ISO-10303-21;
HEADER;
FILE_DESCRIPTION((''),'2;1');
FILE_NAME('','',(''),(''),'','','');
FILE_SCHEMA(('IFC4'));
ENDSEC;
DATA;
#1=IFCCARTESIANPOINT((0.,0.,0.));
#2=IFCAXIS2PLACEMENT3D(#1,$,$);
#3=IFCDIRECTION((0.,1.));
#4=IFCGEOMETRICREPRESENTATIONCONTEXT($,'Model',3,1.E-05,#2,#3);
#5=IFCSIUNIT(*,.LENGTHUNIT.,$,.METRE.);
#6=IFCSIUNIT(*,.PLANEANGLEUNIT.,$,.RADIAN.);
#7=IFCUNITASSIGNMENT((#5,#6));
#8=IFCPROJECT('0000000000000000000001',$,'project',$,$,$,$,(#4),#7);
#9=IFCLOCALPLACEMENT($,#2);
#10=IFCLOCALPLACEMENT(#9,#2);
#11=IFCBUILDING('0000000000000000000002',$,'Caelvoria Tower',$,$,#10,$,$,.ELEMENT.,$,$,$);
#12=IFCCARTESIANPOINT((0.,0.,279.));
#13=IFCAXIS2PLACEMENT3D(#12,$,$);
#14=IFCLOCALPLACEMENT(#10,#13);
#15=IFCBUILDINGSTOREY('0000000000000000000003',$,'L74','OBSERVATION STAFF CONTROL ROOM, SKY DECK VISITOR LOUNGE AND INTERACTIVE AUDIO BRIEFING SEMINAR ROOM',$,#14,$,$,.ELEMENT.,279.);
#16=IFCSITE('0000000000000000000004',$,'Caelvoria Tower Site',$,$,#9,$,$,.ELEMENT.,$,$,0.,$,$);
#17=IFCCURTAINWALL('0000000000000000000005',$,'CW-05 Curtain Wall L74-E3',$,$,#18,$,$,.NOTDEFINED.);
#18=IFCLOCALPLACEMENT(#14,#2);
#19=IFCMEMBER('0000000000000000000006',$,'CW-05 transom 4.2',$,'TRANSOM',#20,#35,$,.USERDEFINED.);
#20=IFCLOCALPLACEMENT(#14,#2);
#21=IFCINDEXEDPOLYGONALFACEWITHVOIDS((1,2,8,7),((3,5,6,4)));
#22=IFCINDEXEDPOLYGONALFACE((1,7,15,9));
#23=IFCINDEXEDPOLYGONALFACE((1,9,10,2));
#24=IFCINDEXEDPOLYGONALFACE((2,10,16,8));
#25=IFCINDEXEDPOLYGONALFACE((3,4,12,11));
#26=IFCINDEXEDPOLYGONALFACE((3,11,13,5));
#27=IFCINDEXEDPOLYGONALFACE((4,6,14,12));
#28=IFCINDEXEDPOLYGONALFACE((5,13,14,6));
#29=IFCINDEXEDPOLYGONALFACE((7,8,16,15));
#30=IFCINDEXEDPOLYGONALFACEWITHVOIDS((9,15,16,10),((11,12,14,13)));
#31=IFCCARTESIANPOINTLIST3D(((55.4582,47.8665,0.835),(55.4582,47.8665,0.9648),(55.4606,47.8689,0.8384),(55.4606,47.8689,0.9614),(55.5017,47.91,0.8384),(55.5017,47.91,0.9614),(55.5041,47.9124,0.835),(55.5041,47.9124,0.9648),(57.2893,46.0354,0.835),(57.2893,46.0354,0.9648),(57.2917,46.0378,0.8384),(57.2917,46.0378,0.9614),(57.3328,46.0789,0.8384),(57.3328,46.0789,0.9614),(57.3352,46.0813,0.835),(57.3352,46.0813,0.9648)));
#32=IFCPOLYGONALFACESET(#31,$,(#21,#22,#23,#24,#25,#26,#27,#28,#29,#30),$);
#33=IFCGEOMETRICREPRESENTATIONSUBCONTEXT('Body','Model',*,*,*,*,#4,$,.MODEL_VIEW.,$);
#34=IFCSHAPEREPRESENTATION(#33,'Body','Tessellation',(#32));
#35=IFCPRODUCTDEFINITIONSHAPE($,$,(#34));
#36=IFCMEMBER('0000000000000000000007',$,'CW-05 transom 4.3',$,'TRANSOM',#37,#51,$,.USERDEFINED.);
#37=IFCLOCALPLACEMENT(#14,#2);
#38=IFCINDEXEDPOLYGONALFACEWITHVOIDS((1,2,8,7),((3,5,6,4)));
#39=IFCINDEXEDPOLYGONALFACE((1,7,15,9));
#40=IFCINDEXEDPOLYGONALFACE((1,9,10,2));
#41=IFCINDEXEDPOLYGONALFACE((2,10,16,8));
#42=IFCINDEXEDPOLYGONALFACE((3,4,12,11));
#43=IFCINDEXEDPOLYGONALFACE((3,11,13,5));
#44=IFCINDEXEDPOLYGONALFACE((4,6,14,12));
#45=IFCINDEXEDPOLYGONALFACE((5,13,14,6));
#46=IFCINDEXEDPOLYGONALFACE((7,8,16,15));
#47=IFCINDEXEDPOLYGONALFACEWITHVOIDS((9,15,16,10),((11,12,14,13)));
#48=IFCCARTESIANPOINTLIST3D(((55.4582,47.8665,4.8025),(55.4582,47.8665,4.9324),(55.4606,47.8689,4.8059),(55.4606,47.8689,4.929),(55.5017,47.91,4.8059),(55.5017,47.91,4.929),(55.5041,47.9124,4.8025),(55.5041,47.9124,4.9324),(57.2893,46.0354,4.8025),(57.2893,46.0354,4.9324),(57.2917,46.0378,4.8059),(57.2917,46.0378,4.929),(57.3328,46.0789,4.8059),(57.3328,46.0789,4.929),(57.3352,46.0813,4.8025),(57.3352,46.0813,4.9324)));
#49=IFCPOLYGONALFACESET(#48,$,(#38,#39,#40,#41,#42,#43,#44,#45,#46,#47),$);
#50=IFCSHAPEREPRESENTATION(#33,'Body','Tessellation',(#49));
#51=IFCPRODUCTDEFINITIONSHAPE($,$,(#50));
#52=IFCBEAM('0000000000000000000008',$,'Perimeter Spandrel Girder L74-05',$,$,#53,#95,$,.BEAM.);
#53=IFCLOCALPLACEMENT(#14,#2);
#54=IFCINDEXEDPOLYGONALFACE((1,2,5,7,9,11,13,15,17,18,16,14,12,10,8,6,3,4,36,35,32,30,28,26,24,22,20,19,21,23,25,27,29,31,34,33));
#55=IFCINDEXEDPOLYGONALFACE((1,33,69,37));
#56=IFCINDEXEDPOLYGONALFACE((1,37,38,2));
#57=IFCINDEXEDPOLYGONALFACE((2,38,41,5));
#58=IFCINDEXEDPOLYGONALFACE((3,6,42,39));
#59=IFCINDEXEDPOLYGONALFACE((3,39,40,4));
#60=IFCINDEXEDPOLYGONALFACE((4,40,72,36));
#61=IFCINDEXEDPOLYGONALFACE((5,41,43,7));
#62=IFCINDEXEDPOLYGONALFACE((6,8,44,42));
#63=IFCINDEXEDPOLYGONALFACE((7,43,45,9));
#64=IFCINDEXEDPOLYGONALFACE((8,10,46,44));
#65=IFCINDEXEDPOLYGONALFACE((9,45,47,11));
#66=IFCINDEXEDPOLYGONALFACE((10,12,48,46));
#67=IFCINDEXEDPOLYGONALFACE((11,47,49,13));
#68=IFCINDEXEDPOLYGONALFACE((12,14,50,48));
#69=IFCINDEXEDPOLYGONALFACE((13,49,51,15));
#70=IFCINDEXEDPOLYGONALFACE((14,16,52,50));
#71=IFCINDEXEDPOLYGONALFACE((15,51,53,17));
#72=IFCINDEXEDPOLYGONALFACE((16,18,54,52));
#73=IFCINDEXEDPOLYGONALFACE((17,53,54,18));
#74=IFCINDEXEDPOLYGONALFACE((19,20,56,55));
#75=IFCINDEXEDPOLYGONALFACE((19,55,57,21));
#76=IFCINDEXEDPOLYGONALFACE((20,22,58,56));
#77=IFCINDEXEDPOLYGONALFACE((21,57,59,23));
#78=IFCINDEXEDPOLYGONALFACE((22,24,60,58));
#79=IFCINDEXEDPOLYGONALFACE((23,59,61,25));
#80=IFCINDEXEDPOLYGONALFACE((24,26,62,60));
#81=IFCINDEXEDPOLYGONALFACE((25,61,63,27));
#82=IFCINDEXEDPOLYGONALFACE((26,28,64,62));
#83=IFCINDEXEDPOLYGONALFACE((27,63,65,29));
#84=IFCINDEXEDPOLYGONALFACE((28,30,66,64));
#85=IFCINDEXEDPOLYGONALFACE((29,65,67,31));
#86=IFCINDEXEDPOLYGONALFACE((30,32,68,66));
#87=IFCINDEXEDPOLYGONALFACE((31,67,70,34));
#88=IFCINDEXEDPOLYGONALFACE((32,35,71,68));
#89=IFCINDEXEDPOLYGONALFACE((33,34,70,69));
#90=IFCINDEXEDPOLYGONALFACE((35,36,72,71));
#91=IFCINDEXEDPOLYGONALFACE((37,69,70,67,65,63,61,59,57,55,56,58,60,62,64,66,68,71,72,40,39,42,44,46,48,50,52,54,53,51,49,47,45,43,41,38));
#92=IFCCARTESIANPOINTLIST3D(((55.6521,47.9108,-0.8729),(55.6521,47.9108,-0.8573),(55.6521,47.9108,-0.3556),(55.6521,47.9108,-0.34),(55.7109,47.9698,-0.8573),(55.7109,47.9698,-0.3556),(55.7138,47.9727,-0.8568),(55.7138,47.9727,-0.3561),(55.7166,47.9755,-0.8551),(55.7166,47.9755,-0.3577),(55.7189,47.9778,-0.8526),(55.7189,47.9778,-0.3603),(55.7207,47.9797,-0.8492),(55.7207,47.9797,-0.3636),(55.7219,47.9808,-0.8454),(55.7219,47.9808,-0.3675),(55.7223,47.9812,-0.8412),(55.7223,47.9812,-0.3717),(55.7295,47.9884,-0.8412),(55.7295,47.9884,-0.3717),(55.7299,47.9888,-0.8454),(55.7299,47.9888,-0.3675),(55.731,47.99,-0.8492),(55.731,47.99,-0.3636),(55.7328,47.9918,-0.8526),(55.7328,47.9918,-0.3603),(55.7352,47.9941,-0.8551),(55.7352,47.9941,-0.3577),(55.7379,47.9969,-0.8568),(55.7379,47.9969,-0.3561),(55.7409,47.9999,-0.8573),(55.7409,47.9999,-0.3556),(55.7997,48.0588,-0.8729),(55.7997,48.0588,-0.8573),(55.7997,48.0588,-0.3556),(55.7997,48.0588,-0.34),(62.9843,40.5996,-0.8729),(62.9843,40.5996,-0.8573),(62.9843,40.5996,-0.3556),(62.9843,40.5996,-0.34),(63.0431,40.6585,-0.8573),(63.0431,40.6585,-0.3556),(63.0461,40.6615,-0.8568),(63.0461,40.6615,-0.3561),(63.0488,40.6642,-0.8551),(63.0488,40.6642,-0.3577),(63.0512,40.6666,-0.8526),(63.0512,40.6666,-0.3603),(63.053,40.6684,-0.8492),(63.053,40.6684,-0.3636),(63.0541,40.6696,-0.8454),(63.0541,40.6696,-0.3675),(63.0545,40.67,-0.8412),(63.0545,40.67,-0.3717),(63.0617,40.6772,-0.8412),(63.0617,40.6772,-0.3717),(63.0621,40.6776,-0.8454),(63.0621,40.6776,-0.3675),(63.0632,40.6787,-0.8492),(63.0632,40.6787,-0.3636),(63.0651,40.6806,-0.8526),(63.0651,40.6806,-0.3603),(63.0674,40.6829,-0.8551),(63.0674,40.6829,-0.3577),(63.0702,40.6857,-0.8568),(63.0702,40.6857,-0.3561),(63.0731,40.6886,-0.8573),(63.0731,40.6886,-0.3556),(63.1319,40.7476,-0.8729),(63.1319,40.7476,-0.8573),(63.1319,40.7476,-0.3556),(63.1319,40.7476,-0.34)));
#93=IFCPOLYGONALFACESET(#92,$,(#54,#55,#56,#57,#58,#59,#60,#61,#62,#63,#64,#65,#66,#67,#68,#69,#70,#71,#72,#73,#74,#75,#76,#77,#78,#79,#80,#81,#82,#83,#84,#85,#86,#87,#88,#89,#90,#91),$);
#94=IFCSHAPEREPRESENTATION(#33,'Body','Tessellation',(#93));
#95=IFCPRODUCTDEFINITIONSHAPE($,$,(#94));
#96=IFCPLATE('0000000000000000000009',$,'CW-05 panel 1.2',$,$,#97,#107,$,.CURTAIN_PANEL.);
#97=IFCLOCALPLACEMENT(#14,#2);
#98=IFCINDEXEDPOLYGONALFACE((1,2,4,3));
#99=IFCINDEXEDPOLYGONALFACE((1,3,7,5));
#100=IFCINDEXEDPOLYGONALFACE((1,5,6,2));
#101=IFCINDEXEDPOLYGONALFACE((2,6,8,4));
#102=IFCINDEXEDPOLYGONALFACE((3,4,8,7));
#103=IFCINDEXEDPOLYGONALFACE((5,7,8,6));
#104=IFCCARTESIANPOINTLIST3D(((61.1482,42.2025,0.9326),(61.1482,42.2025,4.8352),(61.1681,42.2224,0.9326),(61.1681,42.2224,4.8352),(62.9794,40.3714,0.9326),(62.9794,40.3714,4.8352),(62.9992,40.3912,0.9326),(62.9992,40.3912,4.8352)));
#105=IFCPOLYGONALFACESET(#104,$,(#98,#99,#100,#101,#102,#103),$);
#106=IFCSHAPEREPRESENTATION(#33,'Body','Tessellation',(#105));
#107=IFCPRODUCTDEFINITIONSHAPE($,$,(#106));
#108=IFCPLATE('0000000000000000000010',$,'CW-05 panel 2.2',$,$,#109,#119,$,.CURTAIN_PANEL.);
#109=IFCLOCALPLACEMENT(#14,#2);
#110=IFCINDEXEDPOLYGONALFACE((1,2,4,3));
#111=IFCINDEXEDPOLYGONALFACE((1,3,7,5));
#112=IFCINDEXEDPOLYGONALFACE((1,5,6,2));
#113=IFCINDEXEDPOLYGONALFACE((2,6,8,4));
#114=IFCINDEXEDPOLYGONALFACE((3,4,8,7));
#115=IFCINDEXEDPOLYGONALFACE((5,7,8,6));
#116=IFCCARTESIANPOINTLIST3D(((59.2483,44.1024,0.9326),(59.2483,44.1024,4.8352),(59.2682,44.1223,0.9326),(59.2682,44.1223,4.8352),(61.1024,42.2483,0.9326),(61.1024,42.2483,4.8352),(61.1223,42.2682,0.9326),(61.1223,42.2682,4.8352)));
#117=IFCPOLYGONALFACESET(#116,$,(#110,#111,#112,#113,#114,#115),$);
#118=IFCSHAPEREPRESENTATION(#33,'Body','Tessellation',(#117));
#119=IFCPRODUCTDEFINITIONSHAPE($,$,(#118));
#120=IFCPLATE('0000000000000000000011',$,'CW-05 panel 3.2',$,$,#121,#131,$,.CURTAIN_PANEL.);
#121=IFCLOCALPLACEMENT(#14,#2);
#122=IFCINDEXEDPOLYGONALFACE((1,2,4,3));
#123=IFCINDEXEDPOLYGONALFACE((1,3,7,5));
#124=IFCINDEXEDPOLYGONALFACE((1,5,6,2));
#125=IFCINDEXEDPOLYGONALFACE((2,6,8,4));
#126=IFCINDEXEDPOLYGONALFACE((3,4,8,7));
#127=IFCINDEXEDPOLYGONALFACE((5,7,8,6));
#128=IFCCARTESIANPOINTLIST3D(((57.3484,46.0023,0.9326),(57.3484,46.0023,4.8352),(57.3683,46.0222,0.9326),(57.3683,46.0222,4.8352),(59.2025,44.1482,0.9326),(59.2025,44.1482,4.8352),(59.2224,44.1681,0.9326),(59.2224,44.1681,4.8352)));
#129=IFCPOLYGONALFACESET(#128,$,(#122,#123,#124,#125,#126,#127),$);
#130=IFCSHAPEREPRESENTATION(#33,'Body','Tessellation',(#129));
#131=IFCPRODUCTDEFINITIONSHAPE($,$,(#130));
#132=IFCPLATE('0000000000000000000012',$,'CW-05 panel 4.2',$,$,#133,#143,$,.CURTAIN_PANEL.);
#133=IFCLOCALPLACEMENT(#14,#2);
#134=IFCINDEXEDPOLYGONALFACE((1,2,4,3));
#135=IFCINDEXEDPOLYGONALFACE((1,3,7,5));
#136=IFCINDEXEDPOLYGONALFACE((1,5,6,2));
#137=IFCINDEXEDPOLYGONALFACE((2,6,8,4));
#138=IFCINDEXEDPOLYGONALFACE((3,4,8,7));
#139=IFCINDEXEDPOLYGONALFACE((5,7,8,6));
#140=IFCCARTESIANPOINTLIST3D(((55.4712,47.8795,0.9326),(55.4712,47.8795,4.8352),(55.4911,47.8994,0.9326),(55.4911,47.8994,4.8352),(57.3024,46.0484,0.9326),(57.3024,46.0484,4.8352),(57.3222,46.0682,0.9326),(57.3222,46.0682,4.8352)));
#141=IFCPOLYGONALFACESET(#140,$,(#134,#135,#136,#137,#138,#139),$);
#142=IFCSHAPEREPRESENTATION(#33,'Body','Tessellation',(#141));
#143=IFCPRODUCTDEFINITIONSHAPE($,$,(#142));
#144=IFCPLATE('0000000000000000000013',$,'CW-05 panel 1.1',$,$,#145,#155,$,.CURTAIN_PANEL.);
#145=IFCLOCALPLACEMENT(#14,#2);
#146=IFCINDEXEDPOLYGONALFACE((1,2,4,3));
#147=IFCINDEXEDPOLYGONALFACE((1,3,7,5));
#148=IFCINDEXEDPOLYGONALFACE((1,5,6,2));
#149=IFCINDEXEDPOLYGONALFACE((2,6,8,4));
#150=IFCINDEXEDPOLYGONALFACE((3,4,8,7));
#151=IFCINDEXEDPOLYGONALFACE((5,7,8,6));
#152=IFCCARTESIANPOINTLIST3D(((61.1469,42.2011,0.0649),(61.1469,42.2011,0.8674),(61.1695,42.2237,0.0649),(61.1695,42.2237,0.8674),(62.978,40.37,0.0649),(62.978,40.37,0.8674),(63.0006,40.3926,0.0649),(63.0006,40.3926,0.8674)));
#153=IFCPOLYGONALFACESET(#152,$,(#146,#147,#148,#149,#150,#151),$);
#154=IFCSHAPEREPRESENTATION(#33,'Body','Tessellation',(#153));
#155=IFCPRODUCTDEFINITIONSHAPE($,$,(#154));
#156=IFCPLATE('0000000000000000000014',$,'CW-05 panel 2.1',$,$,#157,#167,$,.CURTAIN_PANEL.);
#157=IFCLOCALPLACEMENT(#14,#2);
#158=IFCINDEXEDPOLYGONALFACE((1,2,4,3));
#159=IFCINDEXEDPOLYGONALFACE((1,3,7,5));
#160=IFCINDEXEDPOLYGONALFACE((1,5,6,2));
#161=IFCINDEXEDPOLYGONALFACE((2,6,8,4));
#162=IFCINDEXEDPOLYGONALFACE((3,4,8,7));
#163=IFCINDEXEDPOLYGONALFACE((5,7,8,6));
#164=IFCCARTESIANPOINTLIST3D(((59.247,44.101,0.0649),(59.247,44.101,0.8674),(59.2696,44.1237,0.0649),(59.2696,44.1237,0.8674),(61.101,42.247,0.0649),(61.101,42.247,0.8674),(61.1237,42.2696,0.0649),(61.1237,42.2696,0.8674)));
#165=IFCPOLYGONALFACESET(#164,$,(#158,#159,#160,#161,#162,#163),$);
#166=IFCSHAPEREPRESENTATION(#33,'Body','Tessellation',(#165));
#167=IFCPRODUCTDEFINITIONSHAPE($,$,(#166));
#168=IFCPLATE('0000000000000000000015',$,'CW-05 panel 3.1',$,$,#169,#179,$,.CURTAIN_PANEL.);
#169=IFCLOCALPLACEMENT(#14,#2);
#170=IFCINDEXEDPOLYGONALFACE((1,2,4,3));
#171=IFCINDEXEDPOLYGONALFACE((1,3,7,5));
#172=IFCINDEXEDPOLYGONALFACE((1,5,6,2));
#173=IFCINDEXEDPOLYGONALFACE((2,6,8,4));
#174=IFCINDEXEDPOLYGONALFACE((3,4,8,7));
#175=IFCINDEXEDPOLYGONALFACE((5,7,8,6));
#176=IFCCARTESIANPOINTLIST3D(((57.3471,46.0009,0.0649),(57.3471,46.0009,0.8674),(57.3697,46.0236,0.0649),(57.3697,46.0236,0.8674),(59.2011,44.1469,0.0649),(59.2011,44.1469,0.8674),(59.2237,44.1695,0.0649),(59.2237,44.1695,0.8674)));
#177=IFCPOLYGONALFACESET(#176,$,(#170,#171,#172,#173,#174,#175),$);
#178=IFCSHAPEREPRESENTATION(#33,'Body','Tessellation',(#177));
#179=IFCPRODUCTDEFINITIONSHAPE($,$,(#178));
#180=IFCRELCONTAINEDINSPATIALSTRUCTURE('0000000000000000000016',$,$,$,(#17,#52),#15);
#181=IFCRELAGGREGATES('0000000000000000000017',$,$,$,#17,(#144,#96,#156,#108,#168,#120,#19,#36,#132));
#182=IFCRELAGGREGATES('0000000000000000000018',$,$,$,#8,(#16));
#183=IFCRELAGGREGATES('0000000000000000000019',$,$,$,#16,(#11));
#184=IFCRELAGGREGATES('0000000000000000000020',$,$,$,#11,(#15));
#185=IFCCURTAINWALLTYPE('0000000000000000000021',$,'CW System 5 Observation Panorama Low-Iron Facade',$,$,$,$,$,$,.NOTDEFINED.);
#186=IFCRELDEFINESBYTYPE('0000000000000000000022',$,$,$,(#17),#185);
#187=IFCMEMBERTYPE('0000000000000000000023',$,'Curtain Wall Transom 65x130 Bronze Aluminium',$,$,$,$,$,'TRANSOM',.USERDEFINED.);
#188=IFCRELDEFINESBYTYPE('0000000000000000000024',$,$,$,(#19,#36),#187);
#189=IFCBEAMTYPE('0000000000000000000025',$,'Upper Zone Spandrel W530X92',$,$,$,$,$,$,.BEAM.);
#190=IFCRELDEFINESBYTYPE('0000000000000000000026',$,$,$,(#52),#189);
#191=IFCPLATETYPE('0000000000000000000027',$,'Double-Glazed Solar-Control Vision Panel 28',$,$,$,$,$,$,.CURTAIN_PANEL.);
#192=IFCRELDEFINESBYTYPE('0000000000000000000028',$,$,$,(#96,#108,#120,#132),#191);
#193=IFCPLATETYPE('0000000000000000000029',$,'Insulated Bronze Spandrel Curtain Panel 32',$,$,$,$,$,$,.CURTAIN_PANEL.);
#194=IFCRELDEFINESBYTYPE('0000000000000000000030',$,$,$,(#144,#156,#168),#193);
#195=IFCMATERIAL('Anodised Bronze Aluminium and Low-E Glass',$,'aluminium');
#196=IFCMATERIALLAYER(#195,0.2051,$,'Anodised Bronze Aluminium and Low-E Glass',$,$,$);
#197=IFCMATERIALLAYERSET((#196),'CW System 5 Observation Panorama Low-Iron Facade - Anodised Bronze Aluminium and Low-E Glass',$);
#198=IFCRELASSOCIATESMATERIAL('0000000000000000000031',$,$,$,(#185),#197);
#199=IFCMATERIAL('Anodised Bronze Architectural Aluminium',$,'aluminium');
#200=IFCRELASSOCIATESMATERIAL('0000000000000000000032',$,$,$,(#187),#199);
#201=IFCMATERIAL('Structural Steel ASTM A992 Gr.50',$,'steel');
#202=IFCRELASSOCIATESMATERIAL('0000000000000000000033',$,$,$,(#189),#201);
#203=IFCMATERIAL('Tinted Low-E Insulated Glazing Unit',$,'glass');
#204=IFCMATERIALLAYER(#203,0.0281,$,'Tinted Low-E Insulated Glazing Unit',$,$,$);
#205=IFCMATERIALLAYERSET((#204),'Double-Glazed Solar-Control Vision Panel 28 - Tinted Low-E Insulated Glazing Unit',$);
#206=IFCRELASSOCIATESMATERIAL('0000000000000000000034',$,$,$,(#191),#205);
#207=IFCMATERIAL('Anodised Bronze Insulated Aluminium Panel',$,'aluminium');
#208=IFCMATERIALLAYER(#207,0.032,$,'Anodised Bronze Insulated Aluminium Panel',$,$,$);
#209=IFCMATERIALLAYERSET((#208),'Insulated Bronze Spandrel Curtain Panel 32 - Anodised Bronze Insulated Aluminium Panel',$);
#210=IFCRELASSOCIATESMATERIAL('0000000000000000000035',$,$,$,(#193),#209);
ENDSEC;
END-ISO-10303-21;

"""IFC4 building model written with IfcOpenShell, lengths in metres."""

from ifc_helpers import new_model, si_unit, direction, frame, origin, origin_2d, place, context, subcontext, project, spatial, rectangle, hollow_rectangle, i_section, extrude, material, layer, layer_set, material_profile, profile_set, type_object, element, aggregate, save


model = new_model("IFC4")

# Units and contexts
model_context = context("Model", 3, precision=1e-05, world=origin(), true_north=direction((0.0, 1.0)))
body_context = subcontext(model_context, "Body", "Model", "MODEL_VIEW")
ifc_project = project(units=[si_unit("LENGTHUNIT", "METRE"), si_unit("PLANEANGLEUNIT", "RADIAN")], contexts=[model_context])

# Site, building, storey
site_placement = place(None, origin())
site = spatial("IfcSite", under=ifc_project, at=site_placement, Name="Caelvoria Tower Site", CompositionType="ELEMENT", RefElevation=0.0)
building_placement = place(site_placement, origin())
building = spatial("IfcBuilding", under=site, at=building_placement, Name="Caelvoria Tower", CompositionType="ELEMENT")
storey_placement = place(building_placement, frame((0.0, 0.0, 279.0)))
storey = spatial("IfcBuildingStorey", under=building, at=storey_placement, Name="L74", Description="OBSERVATION STAFF CONTROL ROOM, SKY DECK VISITOR LOUNGE AND INTERACTIVE AUDIO BRIEFING SEMINAR ROOM", CompositionType="ELEMENT", Elevation=279.0)

# Shared definitions
ifc_material_1 = material(Name="Anodised Bronze Aluminium and Low-E Glass", Category="aluminium")
ifc_layer_1 = layer(ifc_material_1, 0.2051, Name="Anodised Bronze Aluminium and Low-E Glass")
ifc_layer_set_1 = layer_set([ifc_layer_1], Name="CW System 5 Observation Panorama Low-Iron Facade - Anodised Bronze Aluminium and Low-E Glass")
curtain_wall_type = type_object("IfcCurtainWallType", Name="CW System 5 Observation Panorama Low-Iron Facade", PredefinedType="NOTDEFINED", material=ifc_layer_set_1)
ifc_material_2 = material(Name="Anodised Bronze Architectural Aluminium", Category="aluminium")

# Curtain wall, members
curtain_wall_1_placement = place(storey_placement, origin())
curtain_wall_1 = element("IfcCurtainWall", 1, at=curtain_wall_1_placement, inside=storey, type_object=curtain_wall_type, Name="CW-05 Curtain Wall L74-E3", PredefinedType="NOTDEFINED")
ifc_material_profile_1 = material_profile(ifc_material_2, hollow_rectangle(XDim=0.0649, YDim=0.1299, WallThickness=0.0034, at=origin_2d()), Name="Anodised Bronze Architectural Aluminium")
ifc_profile_set_1 = profile_set([ifc_material_profile_1], Name="CW_TRAN_65X130 - Anodised Bronze Architectural Aluminium")
member_type_1 = type_object("IfcMemberType", Name="Curtain Wall Transom 65x130 Bronze Aluminium", ElementType="TRANSOM", PredefinedType="USERDEFINED", material=ifc_profile_set_1)
member_1_placement = place(storey_placement, frame((57.3123, 46.0583, 0.8999), z_axis=(-0.707107, 0.707107, 0.0), x_axis=(-0.707107, -0.707107, 0.0)))
member_1 = element("IfcMember", 2, at=member_1_placement, type_object=member_type_1, Name="CW-05 transom 4.2", ObjectType="TRANSOM", PredefinedType="USERDEFINED", context=body_context, shape_type="SweptSolid", body=[
    extrude(hollow_rectangle(XDim=0.0649, YDim=0.1299, WallThickness=0.0034, at=origin_2d()), origin(), (0.0, 0.0, 1.0), 2.5896),
])
member_2_placement = place(storey_placement, frame((57.3123, 46.0583, 4.8674), z_axis=(-0.707107, 0.707107, 0.0), x_axis=(-0.707107, -0.707107, 0.0)))
member_2 = element("IfcMember", 3, at=member_2_placement, type_object=member_type_1, Name="CW-05 transom 4.3", ObjectType="TRANSOM", PredefinedType="USERDEFINED", context=body_context, shape_type="SweptSolid", body=[
    extrude(hollow_rectangle(XDim=0.0649, YDim=0.1299, WallThickness=0.0034, at=origin_2d()), origin(), (0.0, 0.0, 1.0), 2.5896),
])

# Beam
ifc_material_3 = material(Name="Structural Steel ASTM A992 Gr.50", Category="steel")
ifc_material_profile_2 = material_profile(ifc_material_3, i_section(OverallWidth=0.209, OverallDepth=0.533, WebThickness=0.0103, FlangeThickness=0.0156, FilletRadius=0.0161, at=origin_2d()), Name="Structural Steel ASTM A992 Gr.50")
ifc_profile_set_2 = profile_set([ifc_material_profile_2], Name="W530X92 - Structural Steel ASTM A992 Gr.50")
beam_type = type_object("IfcBeamType", Name="Upper Zone Spandrel W530X92", PredefinedType="BEAM", material=ifc_profile_set_2)
beam_placement = place(storey_placement, frame((63.0581, 40.6736, -0.6064), z_axis=(-0.70812, 0.706092, 0.0), x_axis=(-0.706092, -0.70812, 0.0)))
element("IfcBeam", 4, at=beam_placement, inside=storey, type_object=beam_type, Name="Perimeter Spandrel Girder L74-05", PredefinedType="BEAM", context=body_context, shape_type="SweptSolid", body=[
    extrude(i_section(OverallWidth=0.209, OverallDepth=0.533, WebThickness=0.0103, FlangeThickness=0.0156, FilletRadius=0.0161, at=origin_2d()), origin(), (0.0, 0.0, 1.0), 10.3545),
])

# Plates
ifc_material_4 = material(Name="Tinted Low-E Insulated Glazing Unit", Category="glass")
ifc_layer_2 = layer(ifc_material_4, 0.0281, Name="Tinted Low-E Insulated Glazing Unit")
ifc_layer_set_2 = layer_set([ifc_layer_2], Name="Double-Glazed Solar-Control Vision Panel 28 - Tinted Low-E Insulated Glazing Unit")
plate_type_1 = type_object("IfcPlateType", Name="Double-Glazed Solar-Control Vision Panel 28", PredefinedType="CURTAIN_PANEL", material=ifc_layer_set_2)
plate_1_placement = place(storey_placement, frame((62.0737, 41.2969, 0.9326), z_axis=(0.0, 0.0, 1.0), x_axis=(-0.707107, 0.707107, 0.0)))
plate_1 = element("IfcPlate", 5, at=plate_1_placement, type_object=plate_type_1, Name="CW-05 panel 1.2", PredefinedType="CURTAIN_PANEL", context=body_context, shape_type="SweptSolid", body=[
    extrude(rectangle(XDim=2.5896, YDim=0.0281, at=origin_2d()), origin(), (0.0, 0.0, 1.0), 3.9026),
])
plate_2_placement = place(storey_placement, frame((60.1853, 43.1853, 0.9326), z_axis=(0.0, 0.0, 1.0), x_axis=(-0.707107, 0.707107, 0.0)))
plate_2 = element("IfcPlate", 6, at=plate_2_placement, type_object=plate_type_1, Name="CW-05 panel 2.2", PredefinedType="CURTAIN_PANEL", context=body_context, shape_type="SweptSolid", body=[
    extrude(rectangle(XDim=2.6221, YDim=0.0281, at=origin_2d()), origin(), (0.0, 0.0, 1.0), 3.9026),
])
plate_3_placement = place(storey_placement, frame((58.2854, 45.0852, 0.9326), z_axis=(0.0, 0.0, 1.0), x_axis=(-0.707107, 0.707107, 0.0)))
plate_3 = element("IfcPlate", 7, at=plate_3_placement, type_object=plate_type_1, Name="CW-05 panel 3.2", PredefinedType="CURTAIN_PANEL", context=body_context, shape_type="SweptSolid", body=[
    extrude(rectangle(XDim=2.6221, YDim=0.0281, at=origin_2d()), origin(), (0.0, 0.0, 1.0), 3.9026),
])
plate_4_placement = place(storey_placement, frame((56.3967, 46.9739, 0.9326), z_axis=(0.0, 0.0, 1.0), x_axis=(-0.707107, 0.707107, 0.0)))
plate_4 = element("IfcPlate", 8, at=plate_4_placement, type_object=plate_type_1, Name="CW-05 panel 4.2", PredefinedType="CURTAIN_PANEL", context=body_context, shape_type="SweptSolid", body=[
    extrude(rectangle(XDim=2.5896, YDim=0.0281, at=origin_2d()), origin(), (0.0, 0.0, 1.0), 3.9026),
])
ifc_material_5 = material(Name="Anodised Bronze Insulated Aluminium Panel", Category="aluminium")
ifc_layer_3 = layer(ifc_material_5, 0.032, Name="Anodised Bronze Insulated Aluminium Panel")
ifc_layer_set_3 = layer_set([ifc_layer_3], Name="Insulated Bronze Spandrel Curtain Panel 32 - Anodised Bronze Insulated Aluminium Panel")
plate_type_2 = type_object("IfcPlateType", Name="Insulated Bronze Spandrel Curtain Panel 32", PredefinedType="CURTAIN_PANEL", material=ifc_layer_set_3)
plate_5_placement = place(storey_placement, frame((62.0737, 41.2969, 0.0649), z_axis=(0.0, 0.0, 1.0), x_axis=(-0.707107, 0.707107, 0.0)))
plate_5 = element("IfcPlate", 9, at=plate_5_placement, type_object=plate_type_2, Name="CW-05 panel 1.1", PredefinedType="CURTAIN_PANEL", context=body_context, shape_type="SweptSolid", body=[
    extrude(rectangle(XDim=2.5896, YDim=0.032, at=origin_2d()), origin(), (0.0, 0.0, 1.0), 0.8025),
])
plate_6_placement = place(storey_placement, frame((60.1853, 43.1853, 0.0649), z_axis=(0.0, 0.0, 1.0), x_axis=(-0.707107, 0.707107, 0.0)))
plate_6 = element("IfcPlate", 10, at=plate_6_placement, type_object=plate_type_2, Name="CW-05 panel 2.1", PredefinedType="CURTAIN_PANEL", context=body_context, shape_type="SweptSolid", body=[
    extrude(rectangle(XDim=2.6221, YDim=0.032, at=origin_2d()), origin(), (0.0, 0.0, 1.0), 0.8025),
])
plate_7_placement = place(storey_placement, frame((58.2854, 45.0852, 0.0649), z_axis=(0.0, 0.0, 1.0), x_axis=(-0.707107, 0.707107, 0.0)))
plate_7 = element("IfcPlate", 11, at=plate_7_placement, type_object=plate_type_2, Name="CW-05 panel 3.1", PredefinedType="CURTAIN_PANEL", context=body_context, shape_type="SweptSolid", body=[
    extrude(rectangle(XDim=2.6221, YDim=0.032, at=origin_2d()), origin(), (0.0, 0.0, 1.0), 0.8025),
])
aggregate(curtain_wall_1, [plate_5, plate_1, plate_6, plate_2, plate_7, plate_3, member_1, member_2, plate_4])

save(model, "model.ifc")
